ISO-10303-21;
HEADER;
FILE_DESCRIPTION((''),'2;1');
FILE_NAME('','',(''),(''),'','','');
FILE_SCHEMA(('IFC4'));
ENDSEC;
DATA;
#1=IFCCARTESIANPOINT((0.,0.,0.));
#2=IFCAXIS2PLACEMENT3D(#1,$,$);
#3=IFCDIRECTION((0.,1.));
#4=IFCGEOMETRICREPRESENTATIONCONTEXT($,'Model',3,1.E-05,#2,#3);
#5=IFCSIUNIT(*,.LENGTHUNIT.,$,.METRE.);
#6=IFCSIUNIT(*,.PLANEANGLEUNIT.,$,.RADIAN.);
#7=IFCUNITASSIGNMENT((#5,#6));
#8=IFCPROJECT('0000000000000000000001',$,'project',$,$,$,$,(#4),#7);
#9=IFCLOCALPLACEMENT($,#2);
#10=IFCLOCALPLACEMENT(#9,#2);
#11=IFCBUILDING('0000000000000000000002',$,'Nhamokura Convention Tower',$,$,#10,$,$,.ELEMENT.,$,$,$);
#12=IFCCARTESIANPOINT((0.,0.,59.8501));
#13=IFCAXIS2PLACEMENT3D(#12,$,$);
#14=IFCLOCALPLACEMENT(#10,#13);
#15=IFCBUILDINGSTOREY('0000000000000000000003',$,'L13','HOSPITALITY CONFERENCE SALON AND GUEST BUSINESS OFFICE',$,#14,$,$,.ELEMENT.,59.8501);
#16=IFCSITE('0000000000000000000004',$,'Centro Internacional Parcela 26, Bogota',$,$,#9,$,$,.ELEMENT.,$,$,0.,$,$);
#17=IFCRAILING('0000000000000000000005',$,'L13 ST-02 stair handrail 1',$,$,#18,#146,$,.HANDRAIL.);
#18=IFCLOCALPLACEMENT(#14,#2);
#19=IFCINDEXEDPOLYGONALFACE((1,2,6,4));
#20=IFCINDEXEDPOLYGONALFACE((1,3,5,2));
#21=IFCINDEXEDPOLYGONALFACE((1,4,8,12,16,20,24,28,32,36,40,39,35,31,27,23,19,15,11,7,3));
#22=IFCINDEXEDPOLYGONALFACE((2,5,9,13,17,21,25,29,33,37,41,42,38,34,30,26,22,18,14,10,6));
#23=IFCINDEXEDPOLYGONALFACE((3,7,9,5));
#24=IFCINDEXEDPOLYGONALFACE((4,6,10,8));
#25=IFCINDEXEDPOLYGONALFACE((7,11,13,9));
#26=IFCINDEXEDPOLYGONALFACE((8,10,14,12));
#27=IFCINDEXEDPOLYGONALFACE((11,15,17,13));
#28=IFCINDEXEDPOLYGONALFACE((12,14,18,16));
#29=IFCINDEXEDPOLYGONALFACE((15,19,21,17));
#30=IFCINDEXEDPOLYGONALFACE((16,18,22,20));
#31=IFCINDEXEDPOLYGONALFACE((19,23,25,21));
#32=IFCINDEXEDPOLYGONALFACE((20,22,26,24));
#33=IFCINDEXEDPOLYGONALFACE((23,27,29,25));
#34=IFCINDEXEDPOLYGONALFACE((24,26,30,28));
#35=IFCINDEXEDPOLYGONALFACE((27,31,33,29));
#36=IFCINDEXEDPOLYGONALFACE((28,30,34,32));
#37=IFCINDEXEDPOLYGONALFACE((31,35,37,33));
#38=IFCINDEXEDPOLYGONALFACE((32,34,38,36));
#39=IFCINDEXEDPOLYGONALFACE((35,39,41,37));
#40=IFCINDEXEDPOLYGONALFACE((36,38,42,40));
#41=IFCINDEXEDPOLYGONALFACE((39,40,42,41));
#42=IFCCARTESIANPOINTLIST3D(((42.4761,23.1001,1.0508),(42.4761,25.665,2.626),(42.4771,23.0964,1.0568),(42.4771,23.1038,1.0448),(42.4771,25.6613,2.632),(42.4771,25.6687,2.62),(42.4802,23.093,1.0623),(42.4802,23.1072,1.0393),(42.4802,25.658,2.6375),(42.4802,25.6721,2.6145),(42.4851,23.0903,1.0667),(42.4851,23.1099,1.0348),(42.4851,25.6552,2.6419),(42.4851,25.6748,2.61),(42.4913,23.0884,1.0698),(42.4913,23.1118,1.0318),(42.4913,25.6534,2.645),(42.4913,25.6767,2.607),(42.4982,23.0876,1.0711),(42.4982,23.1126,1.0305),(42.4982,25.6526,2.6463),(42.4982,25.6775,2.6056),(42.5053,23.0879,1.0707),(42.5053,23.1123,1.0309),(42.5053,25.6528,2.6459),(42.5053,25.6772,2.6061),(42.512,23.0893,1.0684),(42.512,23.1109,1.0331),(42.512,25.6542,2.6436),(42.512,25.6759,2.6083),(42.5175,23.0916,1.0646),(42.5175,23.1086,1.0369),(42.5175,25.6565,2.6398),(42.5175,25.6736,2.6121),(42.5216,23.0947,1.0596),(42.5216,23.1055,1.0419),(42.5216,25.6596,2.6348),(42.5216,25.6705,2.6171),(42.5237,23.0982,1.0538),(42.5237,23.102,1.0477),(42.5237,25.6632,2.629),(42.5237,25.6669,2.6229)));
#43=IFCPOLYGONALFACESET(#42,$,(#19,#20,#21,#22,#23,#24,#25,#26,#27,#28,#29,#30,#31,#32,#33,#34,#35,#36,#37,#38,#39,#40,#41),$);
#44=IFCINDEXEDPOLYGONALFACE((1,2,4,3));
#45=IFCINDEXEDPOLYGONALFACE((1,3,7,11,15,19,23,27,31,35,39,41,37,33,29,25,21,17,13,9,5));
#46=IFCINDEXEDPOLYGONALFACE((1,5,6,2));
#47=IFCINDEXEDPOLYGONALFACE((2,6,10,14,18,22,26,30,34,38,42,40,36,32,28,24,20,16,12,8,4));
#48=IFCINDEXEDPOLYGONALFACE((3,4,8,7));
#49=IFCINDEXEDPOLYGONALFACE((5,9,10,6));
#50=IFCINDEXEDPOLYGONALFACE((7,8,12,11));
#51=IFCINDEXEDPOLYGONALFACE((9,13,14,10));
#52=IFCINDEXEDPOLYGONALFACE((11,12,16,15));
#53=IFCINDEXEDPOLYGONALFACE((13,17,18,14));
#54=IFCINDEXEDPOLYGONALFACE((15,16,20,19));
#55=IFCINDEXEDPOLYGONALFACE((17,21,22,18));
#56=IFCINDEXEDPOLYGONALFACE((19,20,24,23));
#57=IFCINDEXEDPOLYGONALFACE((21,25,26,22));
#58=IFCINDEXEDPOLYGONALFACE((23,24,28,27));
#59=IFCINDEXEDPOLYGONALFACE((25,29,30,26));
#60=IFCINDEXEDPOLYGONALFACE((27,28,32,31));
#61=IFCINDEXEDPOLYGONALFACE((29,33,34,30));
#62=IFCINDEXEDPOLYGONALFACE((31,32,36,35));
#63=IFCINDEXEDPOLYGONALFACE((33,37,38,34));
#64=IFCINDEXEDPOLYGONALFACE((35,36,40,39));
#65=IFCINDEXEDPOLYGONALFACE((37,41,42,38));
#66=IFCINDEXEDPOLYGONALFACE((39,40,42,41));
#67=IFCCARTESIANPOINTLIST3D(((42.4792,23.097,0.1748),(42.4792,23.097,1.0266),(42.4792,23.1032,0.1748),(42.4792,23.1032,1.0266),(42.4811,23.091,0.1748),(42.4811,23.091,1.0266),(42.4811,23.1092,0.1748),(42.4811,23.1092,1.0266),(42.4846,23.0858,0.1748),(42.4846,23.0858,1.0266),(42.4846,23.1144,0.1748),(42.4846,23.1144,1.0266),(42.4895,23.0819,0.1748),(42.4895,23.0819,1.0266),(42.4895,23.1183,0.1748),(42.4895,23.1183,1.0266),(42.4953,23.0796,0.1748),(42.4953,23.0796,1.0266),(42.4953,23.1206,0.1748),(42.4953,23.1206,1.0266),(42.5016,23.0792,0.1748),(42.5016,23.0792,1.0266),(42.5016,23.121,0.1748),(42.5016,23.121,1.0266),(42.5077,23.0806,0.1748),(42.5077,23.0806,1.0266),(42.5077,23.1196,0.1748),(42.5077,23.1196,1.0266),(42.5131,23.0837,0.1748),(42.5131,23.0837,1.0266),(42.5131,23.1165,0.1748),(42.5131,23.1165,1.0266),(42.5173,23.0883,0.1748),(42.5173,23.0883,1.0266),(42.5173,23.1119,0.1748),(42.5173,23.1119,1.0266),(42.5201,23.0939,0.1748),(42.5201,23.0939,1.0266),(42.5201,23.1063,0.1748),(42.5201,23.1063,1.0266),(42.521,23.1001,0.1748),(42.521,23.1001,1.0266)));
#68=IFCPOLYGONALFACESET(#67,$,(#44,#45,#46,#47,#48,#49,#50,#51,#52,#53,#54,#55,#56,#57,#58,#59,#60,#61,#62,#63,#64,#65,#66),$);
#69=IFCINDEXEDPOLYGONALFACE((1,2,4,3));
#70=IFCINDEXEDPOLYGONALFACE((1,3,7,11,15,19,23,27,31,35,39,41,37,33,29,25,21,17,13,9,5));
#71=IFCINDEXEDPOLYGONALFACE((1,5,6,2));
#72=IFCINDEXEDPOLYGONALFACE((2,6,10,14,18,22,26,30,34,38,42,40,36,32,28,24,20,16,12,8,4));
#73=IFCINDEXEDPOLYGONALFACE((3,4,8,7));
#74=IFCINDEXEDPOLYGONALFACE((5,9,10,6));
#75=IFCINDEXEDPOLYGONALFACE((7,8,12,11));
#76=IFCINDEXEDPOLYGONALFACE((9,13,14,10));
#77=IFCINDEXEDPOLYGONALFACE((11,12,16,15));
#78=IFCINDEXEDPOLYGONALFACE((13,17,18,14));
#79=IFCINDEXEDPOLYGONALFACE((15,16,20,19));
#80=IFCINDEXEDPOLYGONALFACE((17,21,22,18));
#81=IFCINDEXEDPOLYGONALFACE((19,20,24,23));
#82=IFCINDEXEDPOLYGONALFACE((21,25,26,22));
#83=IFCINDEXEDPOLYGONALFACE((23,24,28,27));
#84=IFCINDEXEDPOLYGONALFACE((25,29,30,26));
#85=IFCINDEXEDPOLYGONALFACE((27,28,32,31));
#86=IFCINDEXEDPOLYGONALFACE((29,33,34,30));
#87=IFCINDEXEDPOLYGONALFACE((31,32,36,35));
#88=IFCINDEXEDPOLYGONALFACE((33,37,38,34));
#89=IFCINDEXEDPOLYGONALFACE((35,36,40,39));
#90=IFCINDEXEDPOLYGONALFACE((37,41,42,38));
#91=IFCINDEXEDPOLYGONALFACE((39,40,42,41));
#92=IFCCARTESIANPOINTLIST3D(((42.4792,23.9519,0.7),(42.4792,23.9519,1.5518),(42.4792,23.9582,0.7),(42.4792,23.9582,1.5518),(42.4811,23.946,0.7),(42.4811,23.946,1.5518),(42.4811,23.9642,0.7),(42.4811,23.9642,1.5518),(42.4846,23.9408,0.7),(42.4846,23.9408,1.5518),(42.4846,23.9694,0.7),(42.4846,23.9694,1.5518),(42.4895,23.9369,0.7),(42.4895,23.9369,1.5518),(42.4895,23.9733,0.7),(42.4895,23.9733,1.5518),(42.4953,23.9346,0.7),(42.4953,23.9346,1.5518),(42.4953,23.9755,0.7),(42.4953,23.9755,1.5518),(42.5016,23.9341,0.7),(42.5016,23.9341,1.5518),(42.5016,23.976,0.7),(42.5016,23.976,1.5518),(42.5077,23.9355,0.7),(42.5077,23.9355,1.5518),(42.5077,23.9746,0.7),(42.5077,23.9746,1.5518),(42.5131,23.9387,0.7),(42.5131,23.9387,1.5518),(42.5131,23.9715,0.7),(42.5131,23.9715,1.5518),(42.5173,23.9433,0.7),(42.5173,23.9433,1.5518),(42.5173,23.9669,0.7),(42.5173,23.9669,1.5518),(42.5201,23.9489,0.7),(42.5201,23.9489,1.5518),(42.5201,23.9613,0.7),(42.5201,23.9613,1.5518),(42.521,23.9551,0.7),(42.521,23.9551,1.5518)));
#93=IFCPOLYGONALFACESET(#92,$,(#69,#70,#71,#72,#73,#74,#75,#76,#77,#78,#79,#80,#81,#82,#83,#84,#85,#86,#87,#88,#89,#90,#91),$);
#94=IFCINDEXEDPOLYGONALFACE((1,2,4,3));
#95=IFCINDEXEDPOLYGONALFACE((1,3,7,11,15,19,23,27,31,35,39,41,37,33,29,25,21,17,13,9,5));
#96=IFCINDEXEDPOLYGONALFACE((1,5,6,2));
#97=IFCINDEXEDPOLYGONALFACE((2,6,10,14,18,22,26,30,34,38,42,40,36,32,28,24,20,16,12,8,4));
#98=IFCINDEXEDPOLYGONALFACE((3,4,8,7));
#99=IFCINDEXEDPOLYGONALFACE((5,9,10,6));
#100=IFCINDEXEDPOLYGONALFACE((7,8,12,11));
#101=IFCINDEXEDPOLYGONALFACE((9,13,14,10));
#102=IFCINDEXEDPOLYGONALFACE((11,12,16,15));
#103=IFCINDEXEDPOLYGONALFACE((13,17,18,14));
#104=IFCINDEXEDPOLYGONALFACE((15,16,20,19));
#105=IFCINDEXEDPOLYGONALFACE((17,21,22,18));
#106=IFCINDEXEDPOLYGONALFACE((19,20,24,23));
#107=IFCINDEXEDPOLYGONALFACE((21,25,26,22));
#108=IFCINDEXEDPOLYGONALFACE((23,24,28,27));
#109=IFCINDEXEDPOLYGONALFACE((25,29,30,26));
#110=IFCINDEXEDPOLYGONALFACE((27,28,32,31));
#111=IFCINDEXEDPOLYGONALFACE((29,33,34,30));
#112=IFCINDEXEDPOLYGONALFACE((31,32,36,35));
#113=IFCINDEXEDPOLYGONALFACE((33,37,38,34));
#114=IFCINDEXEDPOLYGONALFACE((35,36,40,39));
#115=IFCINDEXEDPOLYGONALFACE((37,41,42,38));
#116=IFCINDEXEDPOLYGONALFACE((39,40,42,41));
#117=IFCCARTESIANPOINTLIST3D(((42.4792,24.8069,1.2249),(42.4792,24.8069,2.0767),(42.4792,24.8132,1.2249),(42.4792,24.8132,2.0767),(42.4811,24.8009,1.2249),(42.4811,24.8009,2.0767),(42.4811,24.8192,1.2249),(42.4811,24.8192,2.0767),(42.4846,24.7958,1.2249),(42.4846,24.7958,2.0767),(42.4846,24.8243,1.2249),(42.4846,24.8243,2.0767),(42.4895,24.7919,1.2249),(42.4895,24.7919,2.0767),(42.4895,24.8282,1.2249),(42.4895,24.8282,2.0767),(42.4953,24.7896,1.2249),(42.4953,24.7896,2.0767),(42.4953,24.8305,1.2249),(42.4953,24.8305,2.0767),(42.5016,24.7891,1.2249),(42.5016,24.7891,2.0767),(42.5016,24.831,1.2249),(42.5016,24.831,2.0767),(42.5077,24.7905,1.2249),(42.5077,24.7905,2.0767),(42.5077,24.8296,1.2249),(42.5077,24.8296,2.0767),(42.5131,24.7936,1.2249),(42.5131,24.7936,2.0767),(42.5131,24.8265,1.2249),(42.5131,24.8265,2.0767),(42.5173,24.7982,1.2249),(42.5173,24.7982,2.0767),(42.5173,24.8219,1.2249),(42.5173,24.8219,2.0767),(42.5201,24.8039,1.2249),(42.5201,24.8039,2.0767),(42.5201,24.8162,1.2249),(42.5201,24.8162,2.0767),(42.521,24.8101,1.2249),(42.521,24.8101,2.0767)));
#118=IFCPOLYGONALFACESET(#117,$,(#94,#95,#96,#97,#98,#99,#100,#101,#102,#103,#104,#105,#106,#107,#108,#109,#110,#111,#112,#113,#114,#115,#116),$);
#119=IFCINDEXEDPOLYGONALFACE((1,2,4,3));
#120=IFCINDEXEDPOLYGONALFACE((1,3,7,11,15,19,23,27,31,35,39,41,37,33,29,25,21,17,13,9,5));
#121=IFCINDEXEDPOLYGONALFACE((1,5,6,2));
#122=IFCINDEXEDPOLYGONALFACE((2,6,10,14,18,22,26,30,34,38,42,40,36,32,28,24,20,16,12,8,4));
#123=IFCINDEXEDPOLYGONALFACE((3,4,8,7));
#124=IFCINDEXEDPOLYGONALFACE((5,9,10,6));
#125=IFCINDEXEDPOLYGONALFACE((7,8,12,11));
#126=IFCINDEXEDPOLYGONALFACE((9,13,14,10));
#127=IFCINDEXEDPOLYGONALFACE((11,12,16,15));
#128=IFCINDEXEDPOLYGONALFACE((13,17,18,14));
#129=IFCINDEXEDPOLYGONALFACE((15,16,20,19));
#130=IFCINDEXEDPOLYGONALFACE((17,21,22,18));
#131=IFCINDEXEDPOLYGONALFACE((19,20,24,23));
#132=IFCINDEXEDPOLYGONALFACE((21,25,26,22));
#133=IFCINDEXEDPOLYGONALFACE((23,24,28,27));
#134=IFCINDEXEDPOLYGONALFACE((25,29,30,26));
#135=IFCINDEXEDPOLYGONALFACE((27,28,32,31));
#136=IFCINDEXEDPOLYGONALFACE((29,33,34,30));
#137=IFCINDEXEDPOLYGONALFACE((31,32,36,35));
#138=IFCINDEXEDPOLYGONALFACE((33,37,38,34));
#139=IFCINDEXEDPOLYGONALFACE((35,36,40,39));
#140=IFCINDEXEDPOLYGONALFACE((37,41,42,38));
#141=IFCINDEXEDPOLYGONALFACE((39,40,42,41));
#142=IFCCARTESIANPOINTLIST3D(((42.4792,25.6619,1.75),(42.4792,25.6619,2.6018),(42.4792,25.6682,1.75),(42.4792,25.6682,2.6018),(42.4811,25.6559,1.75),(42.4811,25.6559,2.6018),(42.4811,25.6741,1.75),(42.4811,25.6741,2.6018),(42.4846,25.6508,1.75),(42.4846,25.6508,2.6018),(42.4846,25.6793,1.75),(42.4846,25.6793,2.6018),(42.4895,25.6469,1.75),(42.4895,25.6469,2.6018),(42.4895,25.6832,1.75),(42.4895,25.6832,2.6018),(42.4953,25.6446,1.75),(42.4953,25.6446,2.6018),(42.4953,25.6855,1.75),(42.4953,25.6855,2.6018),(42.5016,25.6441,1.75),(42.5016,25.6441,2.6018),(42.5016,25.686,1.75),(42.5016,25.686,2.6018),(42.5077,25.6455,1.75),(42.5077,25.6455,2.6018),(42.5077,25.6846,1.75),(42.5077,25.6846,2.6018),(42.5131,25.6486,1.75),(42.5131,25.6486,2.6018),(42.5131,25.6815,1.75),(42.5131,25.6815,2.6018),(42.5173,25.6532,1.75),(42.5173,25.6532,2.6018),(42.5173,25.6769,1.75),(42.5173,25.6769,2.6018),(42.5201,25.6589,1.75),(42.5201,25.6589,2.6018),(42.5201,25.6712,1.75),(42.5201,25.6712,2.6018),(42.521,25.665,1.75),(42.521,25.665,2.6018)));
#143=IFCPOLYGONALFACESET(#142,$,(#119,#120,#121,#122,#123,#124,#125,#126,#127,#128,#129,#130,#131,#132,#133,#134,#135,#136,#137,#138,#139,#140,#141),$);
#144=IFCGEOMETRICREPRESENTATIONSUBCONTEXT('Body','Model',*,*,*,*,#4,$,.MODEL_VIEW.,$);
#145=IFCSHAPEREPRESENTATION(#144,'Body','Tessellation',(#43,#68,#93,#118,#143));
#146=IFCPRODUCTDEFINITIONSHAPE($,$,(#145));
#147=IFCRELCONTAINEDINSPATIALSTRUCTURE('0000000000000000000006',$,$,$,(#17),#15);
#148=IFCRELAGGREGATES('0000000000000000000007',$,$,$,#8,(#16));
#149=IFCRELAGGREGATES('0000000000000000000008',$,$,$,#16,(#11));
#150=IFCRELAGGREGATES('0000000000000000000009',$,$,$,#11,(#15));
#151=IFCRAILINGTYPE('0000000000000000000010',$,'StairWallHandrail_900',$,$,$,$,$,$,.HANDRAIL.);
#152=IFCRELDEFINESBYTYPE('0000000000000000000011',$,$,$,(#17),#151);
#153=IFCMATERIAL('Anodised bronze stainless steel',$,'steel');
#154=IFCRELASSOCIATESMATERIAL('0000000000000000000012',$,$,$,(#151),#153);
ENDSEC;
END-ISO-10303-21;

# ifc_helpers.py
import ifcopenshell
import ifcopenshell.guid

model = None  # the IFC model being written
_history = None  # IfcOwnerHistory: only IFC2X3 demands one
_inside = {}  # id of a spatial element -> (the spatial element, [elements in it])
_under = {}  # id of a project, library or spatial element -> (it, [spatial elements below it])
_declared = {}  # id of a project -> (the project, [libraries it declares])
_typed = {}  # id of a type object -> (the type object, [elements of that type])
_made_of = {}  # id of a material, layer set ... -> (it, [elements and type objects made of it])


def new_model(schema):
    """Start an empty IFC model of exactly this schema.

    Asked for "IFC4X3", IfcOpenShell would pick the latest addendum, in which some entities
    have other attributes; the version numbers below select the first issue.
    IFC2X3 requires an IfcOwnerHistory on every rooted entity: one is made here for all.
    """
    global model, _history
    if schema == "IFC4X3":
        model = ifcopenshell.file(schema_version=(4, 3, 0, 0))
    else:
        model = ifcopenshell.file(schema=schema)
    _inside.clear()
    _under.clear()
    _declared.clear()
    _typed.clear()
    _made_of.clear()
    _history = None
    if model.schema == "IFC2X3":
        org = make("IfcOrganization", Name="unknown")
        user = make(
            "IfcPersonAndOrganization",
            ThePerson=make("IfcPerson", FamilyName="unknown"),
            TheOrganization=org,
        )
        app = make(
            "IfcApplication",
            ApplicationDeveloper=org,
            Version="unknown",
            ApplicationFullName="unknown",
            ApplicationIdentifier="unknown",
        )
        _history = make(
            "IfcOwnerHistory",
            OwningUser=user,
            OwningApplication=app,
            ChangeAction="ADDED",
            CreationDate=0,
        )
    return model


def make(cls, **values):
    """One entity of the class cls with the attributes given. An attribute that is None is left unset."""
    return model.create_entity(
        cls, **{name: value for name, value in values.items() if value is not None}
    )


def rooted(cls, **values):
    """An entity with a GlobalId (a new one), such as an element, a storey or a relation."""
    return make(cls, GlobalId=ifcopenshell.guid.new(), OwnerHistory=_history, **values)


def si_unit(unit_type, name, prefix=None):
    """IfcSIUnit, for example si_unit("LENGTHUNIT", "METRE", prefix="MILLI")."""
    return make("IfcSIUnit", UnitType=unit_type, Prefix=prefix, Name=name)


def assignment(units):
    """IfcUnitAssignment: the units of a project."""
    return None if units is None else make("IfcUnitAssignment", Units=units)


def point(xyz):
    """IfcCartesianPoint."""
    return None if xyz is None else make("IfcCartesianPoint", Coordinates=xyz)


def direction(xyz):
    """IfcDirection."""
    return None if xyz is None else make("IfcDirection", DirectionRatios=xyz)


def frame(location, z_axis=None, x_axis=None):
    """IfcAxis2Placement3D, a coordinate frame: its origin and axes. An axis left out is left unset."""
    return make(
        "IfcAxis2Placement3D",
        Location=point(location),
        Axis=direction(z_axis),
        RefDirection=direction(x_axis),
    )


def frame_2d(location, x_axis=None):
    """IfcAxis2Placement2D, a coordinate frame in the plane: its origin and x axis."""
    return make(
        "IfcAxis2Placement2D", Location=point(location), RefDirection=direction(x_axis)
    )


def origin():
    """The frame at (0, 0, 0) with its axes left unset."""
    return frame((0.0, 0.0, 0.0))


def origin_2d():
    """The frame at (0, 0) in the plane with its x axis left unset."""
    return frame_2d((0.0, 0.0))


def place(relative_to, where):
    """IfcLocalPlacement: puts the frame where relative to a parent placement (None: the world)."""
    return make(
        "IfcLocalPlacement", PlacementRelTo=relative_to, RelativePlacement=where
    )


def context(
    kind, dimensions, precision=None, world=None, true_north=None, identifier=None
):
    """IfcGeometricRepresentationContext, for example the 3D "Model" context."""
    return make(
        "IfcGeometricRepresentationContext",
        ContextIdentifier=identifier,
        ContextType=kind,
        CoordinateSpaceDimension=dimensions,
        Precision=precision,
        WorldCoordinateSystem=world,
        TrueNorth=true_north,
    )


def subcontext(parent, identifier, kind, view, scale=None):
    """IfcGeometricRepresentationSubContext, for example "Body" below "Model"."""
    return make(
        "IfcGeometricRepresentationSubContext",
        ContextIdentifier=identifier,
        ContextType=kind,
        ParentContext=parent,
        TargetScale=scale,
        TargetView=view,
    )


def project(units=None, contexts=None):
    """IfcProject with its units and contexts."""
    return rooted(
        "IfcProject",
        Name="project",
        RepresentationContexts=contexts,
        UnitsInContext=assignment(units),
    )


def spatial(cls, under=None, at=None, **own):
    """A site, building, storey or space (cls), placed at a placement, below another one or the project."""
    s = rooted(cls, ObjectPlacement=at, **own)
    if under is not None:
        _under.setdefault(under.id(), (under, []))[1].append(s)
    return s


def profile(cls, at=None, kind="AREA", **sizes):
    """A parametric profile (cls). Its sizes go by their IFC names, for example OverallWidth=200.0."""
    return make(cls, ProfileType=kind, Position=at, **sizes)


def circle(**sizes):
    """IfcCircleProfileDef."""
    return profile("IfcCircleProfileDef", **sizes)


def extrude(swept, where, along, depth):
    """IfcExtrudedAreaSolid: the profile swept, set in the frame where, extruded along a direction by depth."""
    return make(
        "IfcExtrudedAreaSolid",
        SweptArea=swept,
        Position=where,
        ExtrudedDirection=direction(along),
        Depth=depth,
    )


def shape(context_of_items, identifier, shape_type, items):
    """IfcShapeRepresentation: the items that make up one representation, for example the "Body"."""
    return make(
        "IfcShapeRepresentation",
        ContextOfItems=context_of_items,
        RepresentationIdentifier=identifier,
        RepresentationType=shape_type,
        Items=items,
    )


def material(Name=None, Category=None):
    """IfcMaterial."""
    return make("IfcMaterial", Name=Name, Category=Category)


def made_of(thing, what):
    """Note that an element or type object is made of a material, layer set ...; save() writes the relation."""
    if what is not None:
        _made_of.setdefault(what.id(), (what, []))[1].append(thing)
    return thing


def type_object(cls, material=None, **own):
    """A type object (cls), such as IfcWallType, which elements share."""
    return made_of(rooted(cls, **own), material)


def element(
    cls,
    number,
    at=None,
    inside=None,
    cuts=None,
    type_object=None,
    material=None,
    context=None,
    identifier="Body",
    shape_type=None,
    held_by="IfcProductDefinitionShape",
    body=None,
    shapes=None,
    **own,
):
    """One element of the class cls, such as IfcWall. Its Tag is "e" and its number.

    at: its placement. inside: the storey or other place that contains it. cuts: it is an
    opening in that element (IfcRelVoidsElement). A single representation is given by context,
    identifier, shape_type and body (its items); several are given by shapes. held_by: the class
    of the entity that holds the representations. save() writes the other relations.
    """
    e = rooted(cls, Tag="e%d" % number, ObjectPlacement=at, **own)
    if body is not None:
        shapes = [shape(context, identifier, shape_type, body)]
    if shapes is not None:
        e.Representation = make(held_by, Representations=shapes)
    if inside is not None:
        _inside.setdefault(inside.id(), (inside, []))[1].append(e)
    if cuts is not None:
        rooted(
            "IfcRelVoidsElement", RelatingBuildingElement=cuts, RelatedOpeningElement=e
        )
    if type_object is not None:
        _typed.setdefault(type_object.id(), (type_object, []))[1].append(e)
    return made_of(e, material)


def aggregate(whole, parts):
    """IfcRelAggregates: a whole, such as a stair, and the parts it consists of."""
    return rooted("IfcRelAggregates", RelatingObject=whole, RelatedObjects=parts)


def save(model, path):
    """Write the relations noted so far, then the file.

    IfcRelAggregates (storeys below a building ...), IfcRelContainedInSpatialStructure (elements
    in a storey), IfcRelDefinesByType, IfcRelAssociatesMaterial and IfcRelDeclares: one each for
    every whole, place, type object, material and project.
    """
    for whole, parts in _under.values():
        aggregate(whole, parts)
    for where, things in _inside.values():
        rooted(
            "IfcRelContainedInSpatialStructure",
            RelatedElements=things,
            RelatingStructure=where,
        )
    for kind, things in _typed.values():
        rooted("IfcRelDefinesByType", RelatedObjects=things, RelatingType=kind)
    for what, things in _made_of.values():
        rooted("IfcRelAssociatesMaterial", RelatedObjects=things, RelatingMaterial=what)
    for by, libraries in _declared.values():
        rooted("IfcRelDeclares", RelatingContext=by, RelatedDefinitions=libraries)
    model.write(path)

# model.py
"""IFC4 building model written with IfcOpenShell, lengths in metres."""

from ifc_helpers import new_model, si_unit, direction, frame, origin, origin_2d, place, context, subcontext, project, spatial, circle, extrude, material, type_object, element, save


model = new_model("IFC4")

# Units and contexts
model_context = context("Model", 3, precision=1e-05, world=origin(), true_north=direction((0.0, 1.0)))
body_context = subcontext(model_context, "Body", "Model", "MODEL_VIEW")
ifc_project = project(units=[si_unit("LENGTHUNIT", "METRE"), si_unit("PLANEANGLEUNIT", "RADIAN")], contexts=[model_context])

# Site, building, storey
site_placement = place(None, origin())
site = spatial("IfcSite", under=ifc_project, at=site_placement, Name="Centro Internacional Parcela 26, Bogota", CompositionType="ELEMENT", RefElevation=0.0)
building_placement = place(site_placement, origin())
building = spatial("IfcBuilding", under=site, at=building_placement, Name="Nhamokura Convention Tower", CompositionType="ELEMENT")
storey_placement = place(building_placement, frame((0.0, 0.0, 59.8501)))
storey = spatial("IfcBuildingStorey", under=building, at=storey_placement, Name="L13", Description="HOSPITALITY CONFERENCE SALON AND GUEST BUSINESS OFFICE", CompositionType="ELEMENT", Elevation=59.8501)

# Railing
ifc_material_1 = material(Name="Anodised bronze stainless steel", Category="steel")
railing_type_1 = type_object("IfcRailingType", Name="StairWallHandrail_900", PredefinedType="HANDRAIL", material=ifc_material_1)
railing_1_placement = place(storey_placement, frame((42.5, 23.1001, 0.1748)))
element("IfcRailing", 1, at=railing_1_placement, inside=storey, type_object=railing_type_1, Name="L13 ST-02 stair handrail 1", PredefinedType="HANDRAIL", context=body_context, shape_type="SweptSolid", body=[
    extrude(circle(Radius=0.0239, at=origin_2d()), frame((0.0, 0.0, 0.876), z_axis=(0.0, 0.852137, 0.523319), x_axis=(-1.0, 0.0, 0.0)), (0.0, 0.0, 1.0), 3.01),
    extrude(circle(Radius=0.021, at=origin_2d()), origin(), (0.0, 0.0, 1.0), 0.8518),
    extrude(circle(Radius=0.021, at=origin_2d()), frame((0.0, 0.855, 0.5251)), (0.0, 0.0, 1.0), 0.8518),
    extrude(circle(Radius=0.021, at=origin_2d()), frame((0.0, 1.71, 1.05)), (0.0, 0.0, 1.0), 0.8518),
    extrude(circle(Radius=0.021, at=origin_2d()), frame((0.0, 2.5649, 1.5752)), (0.0, 0.0, 1.0), 0.8518),
])

save(model, "model.ifc")
